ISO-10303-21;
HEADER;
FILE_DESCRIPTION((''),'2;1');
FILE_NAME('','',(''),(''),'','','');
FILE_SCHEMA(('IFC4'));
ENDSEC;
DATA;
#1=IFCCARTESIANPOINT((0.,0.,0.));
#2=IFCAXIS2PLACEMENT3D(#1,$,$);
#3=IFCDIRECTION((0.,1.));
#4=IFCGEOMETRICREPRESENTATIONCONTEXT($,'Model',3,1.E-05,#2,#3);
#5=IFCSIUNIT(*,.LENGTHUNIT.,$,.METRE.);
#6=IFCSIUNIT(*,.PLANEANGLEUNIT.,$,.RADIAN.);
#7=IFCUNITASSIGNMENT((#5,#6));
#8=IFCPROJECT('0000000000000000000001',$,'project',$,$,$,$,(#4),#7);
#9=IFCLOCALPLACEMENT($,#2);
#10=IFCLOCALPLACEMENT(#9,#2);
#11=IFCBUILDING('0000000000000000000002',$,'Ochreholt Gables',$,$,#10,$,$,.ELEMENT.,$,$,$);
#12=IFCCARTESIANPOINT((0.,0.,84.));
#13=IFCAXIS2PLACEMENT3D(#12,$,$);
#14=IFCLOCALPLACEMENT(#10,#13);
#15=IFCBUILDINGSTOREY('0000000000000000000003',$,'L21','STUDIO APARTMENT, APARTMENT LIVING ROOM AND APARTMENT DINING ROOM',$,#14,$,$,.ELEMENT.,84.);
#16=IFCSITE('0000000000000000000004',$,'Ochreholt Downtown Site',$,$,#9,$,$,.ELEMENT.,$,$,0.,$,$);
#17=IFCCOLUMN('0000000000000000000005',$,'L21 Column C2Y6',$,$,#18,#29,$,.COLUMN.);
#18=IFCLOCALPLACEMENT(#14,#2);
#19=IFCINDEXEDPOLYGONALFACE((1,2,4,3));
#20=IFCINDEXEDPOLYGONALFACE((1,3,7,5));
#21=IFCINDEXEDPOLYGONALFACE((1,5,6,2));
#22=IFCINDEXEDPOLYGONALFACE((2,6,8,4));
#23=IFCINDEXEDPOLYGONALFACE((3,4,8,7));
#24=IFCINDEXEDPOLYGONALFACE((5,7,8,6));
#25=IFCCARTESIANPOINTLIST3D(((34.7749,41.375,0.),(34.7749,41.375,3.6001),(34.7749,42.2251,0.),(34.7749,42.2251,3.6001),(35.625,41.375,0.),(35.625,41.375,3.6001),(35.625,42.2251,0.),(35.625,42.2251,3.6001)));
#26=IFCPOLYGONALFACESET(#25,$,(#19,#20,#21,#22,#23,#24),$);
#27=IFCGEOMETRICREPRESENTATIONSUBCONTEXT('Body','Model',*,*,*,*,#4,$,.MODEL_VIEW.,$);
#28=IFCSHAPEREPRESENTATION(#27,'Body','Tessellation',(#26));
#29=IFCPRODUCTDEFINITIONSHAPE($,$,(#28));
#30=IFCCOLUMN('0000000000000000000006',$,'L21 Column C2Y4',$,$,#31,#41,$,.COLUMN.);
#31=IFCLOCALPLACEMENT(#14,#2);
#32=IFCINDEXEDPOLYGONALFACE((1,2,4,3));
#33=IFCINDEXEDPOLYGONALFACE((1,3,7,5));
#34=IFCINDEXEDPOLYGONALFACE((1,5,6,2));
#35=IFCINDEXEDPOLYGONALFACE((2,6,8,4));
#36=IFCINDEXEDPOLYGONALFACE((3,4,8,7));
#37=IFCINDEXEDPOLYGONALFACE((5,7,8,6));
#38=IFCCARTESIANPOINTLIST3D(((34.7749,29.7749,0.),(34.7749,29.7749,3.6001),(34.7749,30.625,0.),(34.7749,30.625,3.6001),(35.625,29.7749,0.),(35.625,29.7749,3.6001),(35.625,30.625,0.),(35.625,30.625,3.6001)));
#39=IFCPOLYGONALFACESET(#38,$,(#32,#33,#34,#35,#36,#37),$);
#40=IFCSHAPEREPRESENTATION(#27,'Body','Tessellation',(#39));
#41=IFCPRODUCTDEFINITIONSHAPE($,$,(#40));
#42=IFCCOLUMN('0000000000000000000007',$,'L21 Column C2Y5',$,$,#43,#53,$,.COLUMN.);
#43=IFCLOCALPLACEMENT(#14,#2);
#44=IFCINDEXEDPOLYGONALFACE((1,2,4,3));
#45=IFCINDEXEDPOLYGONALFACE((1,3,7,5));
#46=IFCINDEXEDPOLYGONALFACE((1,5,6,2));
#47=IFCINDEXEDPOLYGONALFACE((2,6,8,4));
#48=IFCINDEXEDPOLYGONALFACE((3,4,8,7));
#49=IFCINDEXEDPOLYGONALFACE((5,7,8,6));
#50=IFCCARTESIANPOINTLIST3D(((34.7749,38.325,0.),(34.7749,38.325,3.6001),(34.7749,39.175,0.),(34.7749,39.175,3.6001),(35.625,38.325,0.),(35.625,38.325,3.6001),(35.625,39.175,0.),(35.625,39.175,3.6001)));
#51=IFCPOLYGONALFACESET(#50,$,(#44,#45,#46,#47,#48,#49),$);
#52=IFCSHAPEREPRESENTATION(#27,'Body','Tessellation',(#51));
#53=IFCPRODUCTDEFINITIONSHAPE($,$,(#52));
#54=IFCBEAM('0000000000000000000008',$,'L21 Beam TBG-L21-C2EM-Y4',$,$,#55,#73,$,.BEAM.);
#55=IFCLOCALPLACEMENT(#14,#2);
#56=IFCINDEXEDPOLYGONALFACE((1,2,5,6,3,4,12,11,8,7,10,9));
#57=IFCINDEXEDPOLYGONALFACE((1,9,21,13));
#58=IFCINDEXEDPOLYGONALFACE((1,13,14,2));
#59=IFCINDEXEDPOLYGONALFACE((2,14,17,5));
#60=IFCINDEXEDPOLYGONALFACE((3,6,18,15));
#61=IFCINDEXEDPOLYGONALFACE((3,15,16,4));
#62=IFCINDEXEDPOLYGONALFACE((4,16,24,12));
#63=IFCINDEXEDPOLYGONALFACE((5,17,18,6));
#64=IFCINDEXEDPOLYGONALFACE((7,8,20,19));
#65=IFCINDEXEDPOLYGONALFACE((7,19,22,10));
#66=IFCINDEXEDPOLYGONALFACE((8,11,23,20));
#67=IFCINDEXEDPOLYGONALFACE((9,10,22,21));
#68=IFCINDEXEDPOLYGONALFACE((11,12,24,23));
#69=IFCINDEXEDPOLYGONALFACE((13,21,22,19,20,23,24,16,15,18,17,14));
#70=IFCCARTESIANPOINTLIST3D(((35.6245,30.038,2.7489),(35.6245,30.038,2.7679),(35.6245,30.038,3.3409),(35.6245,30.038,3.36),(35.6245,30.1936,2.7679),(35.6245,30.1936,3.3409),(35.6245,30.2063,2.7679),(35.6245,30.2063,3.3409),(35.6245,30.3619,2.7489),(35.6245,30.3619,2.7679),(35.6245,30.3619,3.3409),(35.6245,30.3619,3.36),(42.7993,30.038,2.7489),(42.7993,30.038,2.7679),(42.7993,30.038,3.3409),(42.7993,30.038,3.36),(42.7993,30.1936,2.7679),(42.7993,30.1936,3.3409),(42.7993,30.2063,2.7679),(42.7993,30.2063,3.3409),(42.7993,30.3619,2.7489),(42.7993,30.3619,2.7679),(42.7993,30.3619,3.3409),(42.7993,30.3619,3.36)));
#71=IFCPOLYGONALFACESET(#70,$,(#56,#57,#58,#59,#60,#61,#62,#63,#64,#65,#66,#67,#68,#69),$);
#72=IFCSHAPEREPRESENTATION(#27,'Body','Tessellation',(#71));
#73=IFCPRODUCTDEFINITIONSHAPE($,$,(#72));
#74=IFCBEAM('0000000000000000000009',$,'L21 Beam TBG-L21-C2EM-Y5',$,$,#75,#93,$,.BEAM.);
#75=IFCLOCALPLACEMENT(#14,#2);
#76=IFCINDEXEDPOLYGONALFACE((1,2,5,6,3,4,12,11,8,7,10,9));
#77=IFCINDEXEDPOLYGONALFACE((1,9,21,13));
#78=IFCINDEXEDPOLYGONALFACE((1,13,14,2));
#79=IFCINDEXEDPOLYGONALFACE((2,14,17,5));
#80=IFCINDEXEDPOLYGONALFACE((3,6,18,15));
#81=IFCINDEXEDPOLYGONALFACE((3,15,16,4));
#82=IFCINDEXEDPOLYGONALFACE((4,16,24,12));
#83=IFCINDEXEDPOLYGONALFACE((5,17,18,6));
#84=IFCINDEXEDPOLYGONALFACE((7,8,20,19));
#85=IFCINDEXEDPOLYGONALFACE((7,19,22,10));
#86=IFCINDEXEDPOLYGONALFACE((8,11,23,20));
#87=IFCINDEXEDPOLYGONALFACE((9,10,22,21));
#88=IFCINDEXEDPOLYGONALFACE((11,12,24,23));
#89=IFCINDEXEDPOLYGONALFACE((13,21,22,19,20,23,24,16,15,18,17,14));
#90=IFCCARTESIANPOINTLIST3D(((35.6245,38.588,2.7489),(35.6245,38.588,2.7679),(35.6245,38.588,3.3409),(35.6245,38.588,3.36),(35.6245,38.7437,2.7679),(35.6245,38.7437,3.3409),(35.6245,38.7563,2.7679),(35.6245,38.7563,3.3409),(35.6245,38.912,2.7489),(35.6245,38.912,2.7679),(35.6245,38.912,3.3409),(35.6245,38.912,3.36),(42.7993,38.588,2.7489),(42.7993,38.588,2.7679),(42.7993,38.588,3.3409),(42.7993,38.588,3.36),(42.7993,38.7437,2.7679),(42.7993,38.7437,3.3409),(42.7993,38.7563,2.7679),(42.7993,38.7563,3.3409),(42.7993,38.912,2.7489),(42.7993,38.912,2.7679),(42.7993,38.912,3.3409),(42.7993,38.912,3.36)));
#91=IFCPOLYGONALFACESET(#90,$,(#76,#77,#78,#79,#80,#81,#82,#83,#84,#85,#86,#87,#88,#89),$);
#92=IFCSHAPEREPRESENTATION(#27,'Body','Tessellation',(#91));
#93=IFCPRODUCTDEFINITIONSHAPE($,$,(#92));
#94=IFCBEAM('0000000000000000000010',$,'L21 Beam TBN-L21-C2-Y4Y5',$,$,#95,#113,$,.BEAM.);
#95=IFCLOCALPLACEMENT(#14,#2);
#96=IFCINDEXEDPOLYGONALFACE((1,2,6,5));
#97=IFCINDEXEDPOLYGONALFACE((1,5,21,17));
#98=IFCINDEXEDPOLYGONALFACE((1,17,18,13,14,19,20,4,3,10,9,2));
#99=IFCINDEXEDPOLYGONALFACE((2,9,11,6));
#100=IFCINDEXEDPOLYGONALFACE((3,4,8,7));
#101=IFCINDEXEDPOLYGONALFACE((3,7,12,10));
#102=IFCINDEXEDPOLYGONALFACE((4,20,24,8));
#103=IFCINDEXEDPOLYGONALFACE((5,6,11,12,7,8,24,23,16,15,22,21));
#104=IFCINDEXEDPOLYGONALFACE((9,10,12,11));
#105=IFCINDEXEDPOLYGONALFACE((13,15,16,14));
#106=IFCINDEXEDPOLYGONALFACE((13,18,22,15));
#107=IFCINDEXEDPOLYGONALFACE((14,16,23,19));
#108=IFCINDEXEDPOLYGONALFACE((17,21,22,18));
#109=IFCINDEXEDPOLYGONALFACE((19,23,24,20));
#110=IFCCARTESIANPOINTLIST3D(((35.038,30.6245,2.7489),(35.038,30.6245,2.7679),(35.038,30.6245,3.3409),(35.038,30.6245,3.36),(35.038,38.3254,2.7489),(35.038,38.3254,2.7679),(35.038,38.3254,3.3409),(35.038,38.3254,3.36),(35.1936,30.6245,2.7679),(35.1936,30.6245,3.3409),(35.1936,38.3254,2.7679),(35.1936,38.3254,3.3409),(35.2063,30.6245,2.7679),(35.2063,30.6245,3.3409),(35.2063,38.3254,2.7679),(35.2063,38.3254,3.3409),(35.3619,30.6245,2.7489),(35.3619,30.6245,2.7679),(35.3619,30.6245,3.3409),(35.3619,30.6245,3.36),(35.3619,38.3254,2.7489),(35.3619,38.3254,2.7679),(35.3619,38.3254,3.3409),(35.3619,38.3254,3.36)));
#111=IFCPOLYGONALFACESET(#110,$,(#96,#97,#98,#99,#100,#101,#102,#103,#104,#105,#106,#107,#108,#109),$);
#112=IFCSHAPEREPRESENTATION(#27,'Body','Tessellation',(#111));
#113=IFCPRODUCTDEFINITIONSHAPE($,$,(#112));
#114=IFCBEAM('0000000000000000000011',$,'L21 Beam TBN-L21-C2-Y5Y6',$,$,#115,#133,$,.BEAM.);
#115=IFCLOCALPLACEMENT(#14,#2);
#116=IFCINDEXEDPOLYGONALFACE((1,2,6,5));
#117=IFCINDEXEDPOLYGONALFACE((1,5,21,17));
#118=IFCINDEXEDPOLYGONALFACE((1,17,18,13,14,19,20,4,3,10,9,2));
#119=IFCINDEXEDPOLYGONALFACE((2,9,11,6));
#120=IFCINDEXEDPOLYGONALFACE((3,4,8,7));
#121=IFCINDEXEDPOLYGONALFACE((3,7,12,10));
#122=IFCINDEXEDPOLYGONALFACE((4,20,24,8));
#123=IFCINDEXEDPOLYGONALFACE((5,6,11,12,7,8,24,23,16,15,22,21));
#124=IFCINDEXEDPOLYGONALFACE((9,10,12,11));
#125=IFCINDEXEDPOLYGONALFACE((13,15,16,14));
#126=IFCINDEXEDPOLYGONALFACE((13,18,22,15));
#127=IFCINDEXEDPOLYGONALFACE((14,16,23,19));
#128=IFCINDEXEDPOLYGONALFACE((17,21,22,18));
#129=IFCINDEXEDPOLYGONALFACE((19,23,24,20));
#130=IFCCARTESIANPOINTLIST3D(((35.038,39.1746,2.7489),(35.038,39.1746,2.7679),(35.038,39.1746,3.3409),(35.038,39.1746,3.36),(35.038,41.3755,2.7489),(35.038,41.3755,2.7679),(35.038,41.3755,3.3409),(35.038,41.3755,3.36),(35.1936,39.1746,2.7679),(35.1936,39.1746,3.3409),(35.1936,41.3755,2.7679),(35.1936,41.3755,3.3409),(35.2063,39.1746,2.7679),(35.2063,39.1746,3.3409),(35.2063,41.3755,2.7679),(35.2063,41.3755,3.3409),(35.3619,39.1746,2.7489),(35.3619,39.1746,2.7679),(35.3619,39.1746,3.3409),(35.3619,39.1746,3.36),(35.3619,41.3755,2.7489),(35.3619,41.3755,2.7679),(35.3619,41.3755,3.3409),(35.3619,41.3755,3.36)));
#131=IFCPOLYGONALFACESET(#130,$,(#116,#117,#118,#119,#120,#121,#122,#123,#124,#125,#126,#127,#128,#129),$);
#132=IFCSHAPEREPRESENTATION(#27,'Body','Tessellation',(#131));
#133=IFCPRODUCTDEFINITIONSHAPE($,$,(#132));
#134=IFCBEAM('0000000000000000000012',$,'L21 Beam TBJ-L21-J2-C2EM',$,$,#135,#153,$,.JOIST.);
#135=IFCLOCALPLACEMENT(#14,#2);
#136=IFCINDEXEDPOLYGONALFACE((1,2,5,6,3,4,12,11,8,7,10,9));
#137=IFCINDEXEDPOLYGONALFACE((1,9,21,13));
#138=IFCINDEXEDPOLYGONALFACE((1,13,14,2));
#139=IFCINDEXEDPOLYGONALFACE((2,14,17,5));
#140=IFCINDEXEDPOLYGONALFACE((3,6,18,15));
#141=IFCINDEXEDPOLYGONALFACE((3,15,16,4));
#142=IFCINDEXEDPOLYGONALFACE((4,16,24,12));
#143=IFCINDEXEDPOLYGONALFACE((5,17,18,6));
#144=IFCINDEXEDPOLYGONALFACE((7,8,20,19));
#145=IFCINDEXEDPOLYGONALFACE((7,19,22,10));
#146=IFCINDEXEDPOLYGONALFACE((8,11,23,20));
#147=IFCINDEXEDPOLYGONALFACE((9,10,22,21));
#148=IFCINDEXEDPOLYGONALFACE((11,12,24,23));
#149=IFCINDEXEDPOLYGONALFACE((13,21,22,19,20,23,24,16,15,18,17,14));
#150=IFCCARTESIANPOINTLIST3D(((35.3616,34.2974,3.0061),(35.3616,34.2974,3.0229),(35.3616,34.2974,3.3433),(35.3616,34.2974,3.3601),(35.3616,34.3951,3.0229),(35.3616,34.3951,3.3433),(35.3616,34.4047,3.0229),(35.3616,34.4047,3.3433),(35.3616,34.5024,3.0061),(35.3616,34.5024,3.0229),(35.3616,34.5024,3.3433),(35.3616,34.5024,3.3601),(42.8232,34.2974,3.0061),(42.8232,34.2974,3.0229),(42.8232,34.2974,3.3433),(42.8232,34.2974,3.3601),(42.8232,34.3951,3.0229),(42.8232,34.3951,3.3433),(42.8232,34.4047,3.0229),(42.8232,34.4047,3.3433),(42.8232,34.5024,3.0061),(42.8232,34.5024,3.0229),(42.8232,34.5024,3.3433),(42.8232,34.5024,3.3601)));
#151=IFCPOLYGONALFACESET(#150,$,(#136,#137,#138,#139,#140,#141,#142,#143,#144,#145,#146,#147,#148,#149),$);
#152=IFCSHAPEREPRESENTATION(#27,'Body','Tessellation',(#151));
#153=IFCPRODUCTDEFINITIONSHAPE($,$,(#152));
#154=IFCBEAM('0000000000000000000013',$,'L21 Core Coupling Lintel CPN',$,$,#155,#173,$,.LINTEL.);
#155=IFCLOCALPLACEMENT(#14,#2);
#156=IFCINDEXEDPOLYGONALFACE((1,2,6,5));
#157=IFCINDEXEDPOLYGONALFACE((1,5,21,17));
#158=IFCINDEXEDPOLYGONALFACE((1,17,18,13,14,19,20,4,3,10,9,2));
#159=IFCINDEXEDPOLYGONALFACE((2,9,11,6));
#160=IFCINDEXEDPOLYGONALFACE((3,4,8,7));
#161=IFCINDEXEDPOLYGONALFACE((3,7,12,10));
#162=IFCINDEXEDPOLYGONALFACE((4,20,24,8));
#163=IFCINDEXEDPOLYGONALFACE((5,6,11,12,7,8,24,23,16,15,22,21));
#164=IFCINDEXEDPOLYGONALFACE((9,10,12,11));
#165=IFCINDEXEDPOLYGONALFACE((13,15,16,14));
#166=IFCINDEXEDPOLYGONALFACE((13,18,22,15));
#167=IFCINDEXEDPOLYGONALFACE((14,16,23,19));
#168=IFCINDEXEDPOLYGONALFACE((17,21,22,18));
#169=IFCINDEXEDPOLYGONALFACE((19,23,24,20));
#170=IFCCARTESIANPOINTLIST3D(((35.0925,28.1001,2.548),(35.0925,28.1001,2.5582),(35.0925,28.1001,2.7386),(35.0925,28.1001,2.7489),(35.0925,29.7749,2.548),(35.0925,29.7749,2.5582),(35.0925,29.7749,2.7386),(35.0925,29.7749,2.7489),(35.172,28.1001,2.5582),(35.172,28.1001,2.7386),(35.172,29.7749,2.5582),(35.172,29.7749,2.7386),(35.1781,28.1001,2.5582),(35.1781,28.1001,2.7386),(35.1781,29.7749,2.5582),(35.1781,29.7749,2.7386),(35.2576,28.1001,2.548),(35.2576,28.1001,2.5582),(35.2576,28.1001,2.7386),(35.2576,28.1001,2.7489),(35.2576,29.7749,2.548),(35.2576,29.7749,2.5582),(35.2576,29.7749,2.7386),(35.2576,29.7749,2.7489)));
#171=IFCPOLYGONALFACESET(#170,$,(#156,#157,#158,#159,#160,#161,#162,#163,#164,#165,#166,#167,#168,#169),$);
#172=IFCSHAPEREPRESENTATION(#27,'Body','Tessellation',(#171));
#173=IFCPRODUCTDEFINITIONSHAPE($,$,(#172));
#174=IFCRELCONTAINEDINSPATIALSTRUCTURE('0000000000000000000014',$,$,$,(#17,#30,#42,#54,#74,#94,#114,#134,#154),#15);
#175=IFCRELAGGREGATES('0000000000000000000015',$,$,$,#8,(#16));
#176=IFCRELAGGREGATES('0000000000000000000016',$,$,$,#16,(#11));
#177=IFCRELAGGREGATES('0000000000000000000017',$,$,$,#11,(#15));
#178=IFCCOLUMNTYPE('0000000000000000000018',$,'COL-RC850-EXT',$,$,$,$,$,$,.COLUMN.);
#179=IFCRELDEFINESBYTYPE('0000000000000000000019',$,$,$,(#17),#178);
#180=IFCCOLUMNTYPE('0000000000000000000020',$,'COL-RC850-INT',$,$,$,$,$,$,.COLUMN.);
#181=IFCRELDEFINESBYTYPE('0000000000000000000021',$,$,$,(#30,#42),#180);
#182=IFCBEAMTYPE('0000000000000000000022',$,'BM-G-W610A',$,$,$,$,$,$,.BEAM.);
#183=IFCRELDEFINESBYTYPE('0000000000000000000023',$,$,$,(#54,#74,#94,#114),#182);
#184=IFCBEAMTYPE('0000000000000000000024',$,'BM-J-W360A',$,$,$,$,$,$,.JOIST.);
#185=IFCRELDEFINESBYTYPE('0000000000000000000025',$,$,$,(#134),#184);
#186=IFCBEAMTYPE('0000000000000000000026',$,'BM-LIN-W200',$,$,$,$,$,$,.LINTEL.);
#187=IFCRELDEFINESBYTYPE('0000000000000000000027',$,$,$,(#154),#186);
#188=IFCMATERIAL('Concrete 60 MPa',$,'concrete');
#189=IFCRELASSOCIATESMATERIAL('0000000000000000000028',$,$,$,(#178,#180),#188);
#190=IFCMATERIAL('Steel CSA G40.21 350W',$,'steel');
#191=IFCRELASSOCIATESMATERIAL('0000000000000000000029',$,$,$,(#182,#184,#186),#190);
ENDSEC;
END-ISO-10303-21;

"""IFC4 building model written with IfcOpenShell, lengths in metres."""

from ifc_helpers import new_model, si_unit, direction, frame, origin, origin_2d, place, context, subcontext, project, spatial, rectangle, i_section, extrude, material, material_profile, profile_set, type_object, element, save


model = new_model("IFC4")

# Units and contexts
model_context = context("Model", 3, precision=1e-05, world=origin(), true_north=direction((0.0, 1.0)))
body_context = subcontext(model_context, "Body", "Model", "MODEL_VIEW")
ifc_project = project(units=[si_unit("LENGTHUNIT", "METRE"), si_unit("PLANEANGLEUNIT", "RADIAN")], contexts=[model_context])

# Site, building, storey
site_placement = place(None, origin())
site = spatial("IfcSite", under=ifc_project, at=site_placement, Name="Ochreholt Downtown Site", CompositionType="ELEMENT", RefElevation=0.0)
building_placement = place(site_placement, origin())
building = spatial("IfcBuilding", under=site, at=building_placement, Name="Ochreholt Gables", CompositionType="ELEMENT")
storey_placement = place(building_placement, frame((0.0, 0.0, 84.0)))
storey = spatial("IfcBuildingStorey", under=building, at=storey_placement, Name="L21", Description="STUDIO APARTMENT, APARTMENT LIVING ROOM AND APARTMENT DINING ROOM", CompositionType="ELEMENT", Elevation=84.0)

# Columns
ifc_material_1 = material(Name="Concrete 60 MPa", Category="concrete")
ifc_material_profile_1 = material_profile(ifc_material_1, rectangle(XDim=0.8501, YDim=0.8501, at=origin_2d()), Name="RC850X850")
ifc_profile_set_1 = profile_set([ifc_material_profile_1], Name="Concrete 60 MPa")
column_type_1 = type_object("IfcColumnType", Name="COL-RC850-EXT", PredefinedType="COLUMN", material=ifc_profile_set_1)
column_placement = place(storey_placement, frame((35.2, 41.8, 0.0), z_axis=(0.0, 0.0, 1.0), x_axis=(1.0, 0.0, 0.0)))
element("IfcColumn", 1, at=column_placement, inside=storey, type_object=column_type_1, Name="L21 Column C2Y6", PredefinedType="COLUMN", context=body_context, shape_type="SweptSolid", body=[
    extrude(rectangle(XDim=0.8501, YDim=0.8501, at=origin_2d()), origin(), (0.0, 0.0, 1.0), 3.6001),
])
ifc_material_profile_2 = material_profile(ifc_material_1, rectangle(XDim=0.8501, YDim=0.8501, at=origin_2d()), Name="RC850X850")
ifc_profile_set_2 = profile_set([ifc_material_profile_2], Name="Concrete 60 MPa")
column_type_2 = type_object("IfcColumnType", Name="COL-RC850-INT", PredefinedType="COLUMN", material=ifc_profile_set_2)
for number, where, z_axis, x_axis, name in (
    (2, (35.2, 30.2, 0.0), (0.0, 0.0, 1.0), (1.0, 0.0, 0.0), "L21 Column C2Y4"),
    (3, (35.2, 38.75, 0.0), (0.0, 0.0, 1.0), (1.0, 0.0, 0.0), "L21 Column C2Y5"),
):
    element("IfcColumn", number, at=place(storey_placement, frame(where, z_axis=z_axis, x_axis=x_axis)), inside=storey, type_object=column_type_2, Name=name, PredefinedType="COLUMN", context=body_context, shape_type="SweptSolid", body=[
        extrude(rectangle(XDim=0.8501, YDim=0.8501, at=origin_2d()), origin(), (0.0, 0.0, 1.0), 3.6001),
    ])

# Beams
ifc_material_2 = material(Name="Steel CSA G40.21 350W", Category="steel")
ifc_material_profile_3 = material_profile(ifc_material_2, i_section(OverallWidth=0.324, OverallDepth=0.6111, WebThickness=0.0127, FlangeThickness=0.019, at=origin_2d()), Name="W610X155")
ifc_profile_set_3 = profile_set([ifc_material_profile_3], Name="Steel CSA G40.21 350W")
beam_type_1 = type_object("IfcBeamType", Name="BM-G-W610A", PredefinedType="BEAM", material=ifc_profile_set_3)
for number, where, z_axis, x_axis, name in (
    (4, (35.6245, 30.2, 3.0544), (1.0, 0.0, 0.0), (0.0, 1.0, 0.0), "L21 Beam TBG-L21-C2EM-Y4"),
    (5, (35.6245, 38.75, 3.0544), (1.0, 0.0, 0.0), (0.0, 1.0, 0.0), "L21 Beam TBG-L21-C2EM-Y5"),
):
    element("IfcBeam", number, at=place(storey_placement, frame(where, z_axis=z_axis, x_axis=x_axis)), inside=storey, type_object=beam_type_1, Name=name, PredefinedType="BEAM", context=body_context, shape_type="SweptSolid", body=[
        extrude(i_section(OverallWidth=0.324, OverallDepth=0.6111, WebThickness=0.0127, FlangeThickness=0.019, at=origin_2d()), origin(), (0.0, 0.0, 1.0), 7.1748),
    ])
beam_1_placement = place(storey_placement, frame((35.2, 30.6245, 3.0544), z_axis=(0.0, 1.0, 0.0), x_axis=(-1.0, 0.0, 0.0)))
element("IfcBeam", 6, at=beam_1_placement, inside=storey, type_object=beam_type_1, Name="L21 Beam TBN-L21-C2-Y4Y5", PredefinedType="BEAM", context=body_context, shape_type="SweptSolid", body=[
    extrude(i_section(OverallWidth=0.324, OverallDepth=0.6111, WebThickness=0.0127, FlangeThickness=0.019, at=origin_2d()), origin(), (0.0, 0.0, 1.0), 7.7009),
])
beam_2_placement = place(storey_placement, frame((35.2, 39.1746, 3.0544), z_axis=(0.0, 1.0, 0.0), x_axis=(-1.0, 0.0, 0.0)))
element("IfcBeam", 7, at=beam_2_placement, inside=storey, type_object=beam_type_1, Name="L21 Beam TBN-L21-C2-Y5Y6", PredefinedType="BEAM", context=body_context, shape_type="SweptSolid", body=[
    extrude(i_section(OverallWidth=0.324, OverallDepth=0.6111, WebThickness=0.0127, FlangeThickness=0.019, at=origin_2d()), origin(), (0.0, 0.0, 1.0), 2.2009),
])
ifc_material_profile_4 = material_profile(ifc_material_2, i_section(OverallWidth=0.2051, OverallDepth=0.354, WebThickness=0.0095, FlangeThickness=0.0168, at=origin_2d()), Name="W360X79")
ifc_profile_set_4 = profile_set([ifc_material_profile_4], Name="Steel CSA G40.21 350W")
beam_type_2 = type_object("IfcBeamType", Name="BM-J-W360A", PredefinedType="JOIST", material=ifc_profile_set_4)
beam_3_placement = place(storey_placement, frame((35.3616, 34.3999, 3.1831), z_axis=(1.0, 0.0, 0.0), x_axis=(0.0, 1.0, 0.0)))
element("IfcBeam", 8, at=beam_3_placement, inside=storey, type_object=beam_type_2, Name="L21 Beam TBJ-L21-J2-C2EM", PredefinedType="JOIST", context=body_context, shape_type="SweptSolid", body=[
    extrude(i_section(OverallWidth=0.2051, OverallDepth=0.354, WebThickness=0.0095, FlangeThickness=0.0168, at=origin_2d()), origin(), (0.0, 0.0, 1.0), 7.4617),
])
ifc_material_profile_5 = material_profile(ifc_material_2, i_section(OverallWidth=0.165, OverallDepth=0.2009, WebThickness=0.0061, FlangeThickness=0.0103, at=origin_2d()), Name="W200X36")
ifc_profile_set_5 = profile_set([ifc_material_profile_5], Name="Steel CSA G40.21 350W")
beam_type_3 = type_object("IfcBeamType", Name="BM-LIN-W200", PredefinedType="LINTEL", material=ifc_profile_set_5)
beam_4_placement = place(storey_placement, frame((35.175, 28.1001, 2.6484), z_axis=(0.0, 1.0, 0.0), x_axis=(-1.0, 0.0, 0.0)))
element("IfcBeam", 9, at=beam_4_placement, inside=storey, type_object=beam_type_3, Name="L21 Core Coupling Lintel CPN", PredefinedType="LINTEL", context=body_context, shape_type="SweptSolid", body=[
    extrude(i_section(OverallWidth=0.165, OverallDepth=0.2009, WebThickness=0.0061, FlangeThickness=0.0103, at=origin_2d()), origin(), (0.0, 0.0, 1.0), 1.6748),
])

save(model, "model.ifc")
